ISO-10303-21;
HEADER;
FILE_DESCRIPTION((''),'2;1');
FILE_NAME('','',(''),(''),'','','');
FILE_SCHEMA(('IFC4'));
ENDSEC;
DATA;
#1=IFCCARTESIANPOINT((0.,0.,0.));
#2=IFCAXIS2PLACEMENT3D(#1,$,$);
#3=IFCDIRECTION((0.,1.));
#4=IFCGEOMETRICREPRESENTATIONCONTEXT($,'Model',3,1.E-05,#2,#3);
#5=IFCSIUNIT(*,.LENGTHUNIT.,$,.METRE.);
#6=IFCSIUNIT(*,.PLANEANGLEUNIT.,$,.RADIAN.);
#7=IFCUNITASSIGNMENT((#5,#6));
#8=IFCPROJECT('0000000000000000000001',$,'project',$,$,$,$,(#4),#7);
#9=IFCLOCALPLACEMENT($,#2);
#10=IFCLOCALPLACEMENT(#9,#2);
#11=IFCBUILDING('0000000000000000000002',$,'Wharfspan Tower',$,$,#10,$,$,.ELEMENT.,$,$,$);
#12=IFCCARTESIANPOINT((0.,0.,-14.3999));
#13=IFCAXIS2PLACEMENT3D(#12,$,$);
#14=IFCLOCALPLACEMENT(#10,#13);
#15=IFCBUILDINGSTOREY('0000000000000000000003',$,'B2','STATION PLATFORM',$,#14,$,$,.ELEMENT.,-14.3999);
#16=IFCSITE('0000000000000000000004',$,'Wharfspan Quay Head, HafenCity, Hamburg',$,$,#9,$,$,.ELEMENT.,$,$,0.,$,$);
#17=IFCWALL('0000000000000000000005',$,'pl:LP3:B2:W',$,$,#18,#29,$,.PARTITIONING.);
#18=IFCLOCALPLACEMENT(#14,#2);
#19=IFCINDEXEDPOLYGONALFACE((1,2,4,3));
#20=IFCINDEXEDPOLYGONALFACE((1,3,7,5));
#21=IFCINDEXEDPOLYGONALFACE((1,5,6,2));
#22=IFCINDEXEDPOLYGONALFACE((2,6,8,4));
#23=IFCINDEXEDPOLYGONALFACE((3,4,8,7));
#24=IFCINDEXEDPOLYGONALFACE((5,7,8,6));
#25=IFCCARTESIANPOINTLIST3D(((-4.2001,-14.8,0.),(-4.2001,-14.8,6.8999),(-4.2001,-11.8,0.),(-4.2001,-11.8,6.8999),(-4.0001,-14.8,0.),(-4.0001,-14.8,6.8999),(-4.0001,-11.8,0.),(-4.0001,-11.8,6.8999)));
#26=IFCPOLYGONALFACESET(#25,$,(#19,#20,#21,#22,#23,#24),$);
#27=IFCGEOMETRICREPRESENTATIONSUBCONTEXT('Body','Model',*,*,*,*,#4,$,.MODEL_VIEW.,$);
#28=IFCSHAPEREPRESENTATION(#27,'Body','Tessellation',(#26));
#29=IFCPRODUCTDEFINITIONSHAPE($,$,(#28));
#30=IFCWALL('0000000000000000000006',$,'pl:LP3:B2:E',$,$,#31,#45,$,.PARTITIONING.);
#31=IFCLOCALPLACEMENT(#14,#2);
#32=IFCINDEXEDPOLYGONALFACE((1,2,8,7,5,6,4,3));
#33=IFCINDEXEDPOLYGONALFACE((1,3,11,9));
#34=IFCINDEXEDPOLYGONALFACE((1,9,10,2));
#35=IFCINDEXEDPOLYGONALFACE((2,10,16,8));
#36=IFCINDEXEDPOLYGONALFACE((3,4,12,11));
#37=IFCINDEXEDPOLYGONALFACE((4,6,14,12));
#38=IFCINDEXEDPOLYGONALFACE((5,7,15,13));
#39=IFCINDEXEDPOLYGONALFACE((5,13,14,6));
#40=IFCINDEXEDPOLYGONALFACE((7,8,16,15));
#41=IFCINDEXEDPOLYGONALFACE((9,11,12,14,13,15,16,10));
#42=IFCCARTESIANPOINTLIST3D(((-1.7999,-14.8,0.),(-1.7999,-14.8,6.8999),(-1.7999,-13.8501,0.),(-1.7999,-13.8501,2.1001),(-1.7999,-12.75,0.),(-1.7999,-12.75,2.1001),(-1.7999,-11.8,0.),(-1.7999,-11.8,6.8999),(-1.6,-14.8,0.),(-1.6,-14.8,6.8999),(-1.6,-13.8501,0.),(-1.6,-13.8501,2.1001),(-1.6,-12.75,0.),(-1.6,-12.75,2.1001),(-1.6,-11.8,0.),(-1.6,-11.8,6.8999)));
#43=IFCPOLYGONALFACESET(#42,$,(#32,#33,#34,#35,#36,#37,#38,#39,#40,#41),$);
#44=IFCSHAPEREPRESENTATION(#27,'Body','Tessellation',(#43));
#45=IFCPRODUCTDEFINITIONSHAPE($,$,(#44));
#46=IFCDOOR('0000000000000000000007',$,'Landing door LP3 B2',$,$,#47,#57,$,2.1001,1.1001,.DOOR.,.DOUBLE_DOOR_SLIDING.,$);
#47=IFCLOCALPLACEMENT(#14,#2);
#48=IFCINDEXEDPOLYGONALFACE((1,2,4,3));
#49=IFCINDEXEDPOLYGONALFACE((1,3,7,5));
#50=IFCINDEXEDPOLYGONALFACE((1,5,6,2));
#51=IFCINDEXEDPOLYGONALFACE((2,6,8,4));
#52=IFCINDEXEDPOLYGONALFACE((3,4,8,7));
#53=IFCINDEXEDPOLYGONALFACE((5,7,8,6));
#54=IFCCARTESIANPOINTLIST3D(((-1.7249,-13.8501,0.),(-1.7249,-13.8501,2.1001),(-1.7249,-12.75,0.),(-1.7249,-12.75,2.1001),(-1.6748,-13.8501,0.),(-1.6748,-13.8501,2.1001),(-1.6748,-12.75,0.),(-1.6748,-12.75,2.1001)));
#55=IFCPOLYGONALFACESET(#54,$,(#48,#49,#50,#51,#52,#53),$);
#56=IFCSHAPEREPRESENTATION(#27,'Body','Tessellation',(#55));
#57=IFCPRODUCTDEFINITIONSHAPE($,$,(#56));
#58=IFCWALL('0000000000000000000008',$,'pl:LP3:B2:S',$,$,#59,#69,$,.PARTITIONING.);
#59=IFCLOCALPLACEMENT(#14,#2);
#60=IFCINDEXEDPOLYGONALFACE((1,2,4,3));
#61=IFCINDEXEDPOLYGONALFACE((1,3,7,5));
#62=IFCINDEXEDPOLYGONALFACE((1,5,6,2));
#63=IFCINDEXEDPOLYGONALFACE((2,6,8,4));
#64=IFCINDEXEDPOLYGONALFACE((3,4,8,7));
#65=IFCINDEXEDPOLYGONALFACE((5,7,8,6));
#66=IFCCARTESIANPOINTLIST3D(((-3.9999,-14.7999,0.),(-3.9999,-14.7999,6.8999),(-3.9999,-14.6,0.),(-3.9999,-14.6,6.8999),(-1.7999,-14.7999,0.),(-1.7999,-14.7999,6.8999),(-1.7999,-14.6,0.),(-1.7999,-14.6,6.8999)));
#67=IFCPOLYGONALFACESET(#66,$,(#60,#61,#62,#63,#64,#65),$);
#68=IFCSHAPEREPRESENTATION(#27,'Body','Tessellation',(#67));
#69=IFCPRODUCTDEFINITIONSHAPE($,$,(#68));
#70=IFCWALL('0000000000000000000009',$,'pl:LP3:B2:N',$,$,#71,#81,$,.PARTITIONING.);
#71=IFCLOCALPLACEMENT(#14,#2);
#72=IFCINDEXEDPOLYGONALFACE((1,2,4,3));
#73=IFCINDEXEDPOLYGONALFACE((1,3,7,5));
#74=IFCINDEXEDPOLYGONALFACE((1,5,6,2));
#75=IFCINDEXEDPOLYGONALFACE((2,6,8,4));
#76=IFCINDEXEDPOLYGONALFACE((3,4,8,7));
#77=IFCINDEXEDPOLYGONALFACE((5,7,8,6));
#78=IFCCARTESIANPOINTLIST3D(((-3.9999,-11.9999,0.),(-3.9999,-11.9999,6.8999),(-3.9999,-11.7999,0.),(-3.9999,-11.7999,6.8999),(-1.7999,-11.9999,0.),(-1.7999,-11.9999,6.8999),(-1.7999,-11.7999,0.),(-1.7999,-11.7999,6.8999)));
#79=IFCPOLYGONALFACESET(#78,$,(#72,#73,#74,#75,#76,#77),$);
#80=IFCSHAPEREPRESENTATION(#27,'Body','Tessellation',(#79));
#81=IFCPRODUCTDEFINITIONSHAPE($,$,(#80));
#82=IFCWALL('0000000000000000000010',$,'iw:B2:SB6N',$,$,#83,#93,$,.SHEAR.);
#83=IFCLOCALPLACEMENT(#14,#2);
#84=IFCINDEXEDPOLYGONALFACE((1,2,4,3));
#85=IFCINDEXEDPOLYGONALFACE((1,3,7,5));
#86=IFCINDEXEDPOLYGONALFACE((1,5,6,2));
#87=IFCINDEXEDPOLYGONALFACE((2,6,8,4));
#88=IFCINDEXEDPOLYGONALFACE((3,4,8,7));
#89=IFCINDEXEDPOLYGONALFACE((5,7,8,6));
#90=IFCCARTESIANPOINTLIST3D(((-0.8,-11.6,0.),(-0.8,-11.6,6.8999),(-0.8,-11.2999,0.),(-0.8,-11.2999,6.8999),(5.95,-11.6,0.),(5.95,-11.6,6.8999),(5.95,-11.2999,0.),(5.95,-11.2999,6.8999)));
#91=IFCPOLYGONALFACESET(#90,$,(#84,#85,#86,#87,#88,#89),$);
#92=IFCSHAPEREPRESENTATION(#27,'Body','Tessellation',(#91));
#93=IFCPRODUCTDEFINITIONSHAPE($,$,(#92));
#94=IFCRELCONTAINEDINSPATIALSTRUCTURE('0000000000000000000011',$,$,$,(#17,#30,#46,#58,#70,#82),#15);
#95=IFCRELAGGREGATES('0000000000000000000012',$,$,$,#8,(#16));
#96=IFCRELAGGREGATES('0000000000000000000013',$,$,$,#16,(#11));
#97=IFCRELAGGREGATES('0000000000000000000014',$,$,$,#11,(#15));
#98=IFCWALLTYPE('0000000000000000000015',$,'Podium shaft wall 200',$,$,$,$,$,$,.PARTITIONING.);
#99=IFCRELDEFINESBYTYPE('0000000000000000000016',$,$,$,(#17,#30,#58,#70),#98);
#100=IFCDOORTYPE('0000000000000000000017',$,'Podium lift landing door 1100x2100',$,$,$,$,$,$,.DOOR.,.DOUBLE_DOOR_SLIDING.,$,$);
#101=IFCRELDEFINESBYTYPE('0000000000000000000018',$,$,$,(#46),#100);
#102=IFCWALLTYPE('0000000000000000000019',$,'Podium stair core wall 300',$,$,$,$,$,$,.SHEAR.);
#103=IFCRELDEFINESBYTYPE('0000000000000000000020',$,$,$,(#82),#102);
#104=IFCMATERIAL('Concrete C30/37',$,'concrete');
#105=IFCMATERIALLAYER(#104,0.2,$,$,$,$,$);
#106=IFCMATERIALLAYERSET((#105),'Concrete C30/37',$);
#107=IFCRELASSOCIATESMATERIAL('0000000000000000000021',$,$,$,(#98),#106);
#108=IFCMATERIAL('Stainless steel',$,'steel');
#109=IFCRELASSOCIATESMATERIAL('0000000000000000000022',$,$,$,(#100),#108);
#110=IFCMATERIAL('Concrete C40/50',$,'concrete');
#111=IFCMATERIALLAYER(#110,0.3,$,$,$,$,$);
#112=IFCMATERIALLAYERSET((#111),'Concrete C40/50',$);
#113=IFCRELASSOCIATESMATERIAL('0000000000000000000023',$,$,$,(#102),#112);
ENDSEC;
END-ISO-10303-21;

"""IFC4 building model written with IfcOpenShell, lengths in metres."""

from ifc_helpers import new_model, si_unit, direction, frame, frame_2d, origin, place, context, subcontext, project, spatial, rectangle, extrude, material, layer, layer_set, type_object, element, fill, save


model = new_model("IFC4")

# Units and contexts
model_context = context("Model", 3, precision=1e-05, world=origin(), true_north=direction((0.0, 1.0)))
body_context = subcontext(model_context, "Body", "Model", "MODEL_VIEW")
ifc_project = project(units=[si_unit("LENGTHUNIT", "METRE"), si_unit("PLANEANGLEUNIT", "RADIAN")], contexts=[model_context])

# Site, building, storey
site_placement = place(None, origin())
site = spatial("IfcSite", under=ifc_project, at=site_placement, Name="Wharfspan Quay Head, HafenCity, Hamburg", CompositionType="ELEMENT", RefElevation=0.0)
building_placement = place(site_placement, origin())
building = spatial("IfcBuilding", under=site, at=building_placement, Name="Wharfspan Tower", CompositionType="ELEMENT")
storey_placement = place(building_placement, frame((0.0, 0.0, -14.3999)))
storey = spatial("IfcBuildingStorey", under=building, at=storey_placement, Name="B2", Description="STATION PLATFORM", CompositionType="ELEMENT", Elevation=-14.3999)

# Shared definitions
ifc_material_1 = material(Name="Concrete C40/50", Category="concrete")

# Wall
ifc_material_2 = material(Name="Concrete C30/37", Category="concrete")
ifc_layer_1 = layer(ifc_material_2, 0.2)
ifc_layer_set_1 = layer_set([ifc_layer_1], Name="Concrete C30/37")
wall_type_1 = type_object("IfcWallType", Name="Podium shaft wall 200", PredefinedType="PARTITIONING", material=ifc_layer_set_1)
wall_1_placement = place(storey_placement, frame((-4.1001, -14.8, 0.0), z_axis=(0.0, 0.0, 1.0), x_axis=(0.0, 1.0, 0.0)))
element("IfcWall", 1, at=wall_1_placement, inside=storey, type_object=wall_type_1, Name="pl:LP3:B2:W", PredefinedType="PARTITIONING", context=body_context, shape_type="SweptSolid", body=[
    extrude(rectangle(XDim=3.0, YDim=0.2, at=frame_2d((1.5, 0.0))), origin(), (0.0, 0.0, 1.0), 6.8999),
])

# Wall, opening, door
wall_2_placement = place(storey_placement, frame((-1.7, -14.8, 0.0), z_axis=(0.0, 0.0, 1.0), x_axis=(0.0, 1.0, 0.0)))
wall_2 = element("IfcWall", 2, at=wall_2_placement, inside=storey, type_object=wall_type_1, Name="pl:LP3:B2:E", PredefinedType="PARTITIONING", context=body_context, shape_type="SweptSolid", body=[
    extrude(rectangle(XDim=3.0, YDim=0.2, at=frame_2d((1.5, 0.0))), origin(), (0.0, 0.0, 1.0), 6.8999),
])
opening_placement = place(wall_2_placement, frame((0.95, 0.0, 0.0)))
opening = element("IfcOpeningElement", 3, at=opening_placement, cuts=wall_2, PredefinedType="OPENING", context=body_context, shape_type="SweptSolid", body=[
    extrude(rectangle(XDim=1.1001, YDim=2.1001, at=frame_2d((0.55, 1.05))), frame((0.0, 0.1099, 0.0), z_axis=(0.0, -1.0, 0.0), x_axis=(1.0, 0.0, 0.0)), (0.0, 0.0, 1.0), 0.22),
])
ifc_material_3 = material(Name="Stainless steel", Category="steel")
door_type = type_object("IfcDoorType", Name="Podium lift landing door 1100x2100", OperationType="DOUBLE_DOOR_SLIDING", PredefinedType="DOOR", material=ifc_material_3)
door_placement = place(opening_placement, origin())
door = element("IfcDoor", 4, at=door_placement, inside=storey, type_object=door_type, Name="Landing door LP3 B2", OperationType="DOUBLE_DOOR_SLIDING", OverallHeight=2.1001, OverallWidth=1.1001, PredefinedType="DOOR", context=body_context, shape_type="SweptSolid", body=[
    extrude(rectangle(XDim=1.1001, YDim=2.1001, at=frame_2d((0.55, 1.05))), frame((0.0, 0.0249, 0.0), z_axis=(0.0, -1.0, 0.0), x_axis=(1.0, 0.0, 0.0)), (0.0, 0.0, 1.0), 0.05),
])
fill(opening, door)

# Walls
for number, where, z_axis, x_axis, name in (
    (5, (-4.0, -14.7, 0.0), (0.0, 0.0, 1.0), (1.0, 0.0, 0.0), "pl:LP3:B2:S"),
    (6, (-4.0, -11.8999, 0.0), (0.0, 0.0, 1.0), (1.0, 0.0, 0.0), "pl:LP3:B2:N"),
):
    element("IfcWall", number, at=place(storey_placement, frame(where, z_axis=z_axis, x_axis=x_axis)), inside=storey, type_object=wall_type_1, Name=name, PredefinedType="PARTITIONING", context=body_context, shape_type="SweptSolid", body=[
        extrude(rectangle(XDim=2.2, YDim=0.2, at=frame_2d((1.1001, 0.0))), origin(), (0.0, 0.0, 1.0), 6.8999),
    ])
ifc_layer_2 = layer(ifc_material_1, 0.3)
ifc_layer_set_2 = layer_set([ifc_layer_2], Name="Concrete C40/50")
wall_type_2 = type_object("IfcWallType", Name="Podium stair core wall 300", PredefinedType="SHEAR", material=ifc_layer_set_2)
wall_3_placement = place(storey_placement, frame((-0.8, -11.45, 0.0), z_axis=(0.0, 0.0, 1.0), x_axis=(1.0, 0.0, 0.0)))
element("IfcWall", 7, at=wall_3_placement, inside=storey, type_object=wall_type_2, Name="iw:B2:SB6N", PredefinedType="SHEAR", context=body_context, shape_type="SweptSolid", body=[
    extrude(rectangle(XDim=6.75, YDim=0.3, at=frame_2d((3.375, 0.0))), origin(), (0.0, 0.0, 1.0), 6.8999),
])

save(model, "model.ifc")
